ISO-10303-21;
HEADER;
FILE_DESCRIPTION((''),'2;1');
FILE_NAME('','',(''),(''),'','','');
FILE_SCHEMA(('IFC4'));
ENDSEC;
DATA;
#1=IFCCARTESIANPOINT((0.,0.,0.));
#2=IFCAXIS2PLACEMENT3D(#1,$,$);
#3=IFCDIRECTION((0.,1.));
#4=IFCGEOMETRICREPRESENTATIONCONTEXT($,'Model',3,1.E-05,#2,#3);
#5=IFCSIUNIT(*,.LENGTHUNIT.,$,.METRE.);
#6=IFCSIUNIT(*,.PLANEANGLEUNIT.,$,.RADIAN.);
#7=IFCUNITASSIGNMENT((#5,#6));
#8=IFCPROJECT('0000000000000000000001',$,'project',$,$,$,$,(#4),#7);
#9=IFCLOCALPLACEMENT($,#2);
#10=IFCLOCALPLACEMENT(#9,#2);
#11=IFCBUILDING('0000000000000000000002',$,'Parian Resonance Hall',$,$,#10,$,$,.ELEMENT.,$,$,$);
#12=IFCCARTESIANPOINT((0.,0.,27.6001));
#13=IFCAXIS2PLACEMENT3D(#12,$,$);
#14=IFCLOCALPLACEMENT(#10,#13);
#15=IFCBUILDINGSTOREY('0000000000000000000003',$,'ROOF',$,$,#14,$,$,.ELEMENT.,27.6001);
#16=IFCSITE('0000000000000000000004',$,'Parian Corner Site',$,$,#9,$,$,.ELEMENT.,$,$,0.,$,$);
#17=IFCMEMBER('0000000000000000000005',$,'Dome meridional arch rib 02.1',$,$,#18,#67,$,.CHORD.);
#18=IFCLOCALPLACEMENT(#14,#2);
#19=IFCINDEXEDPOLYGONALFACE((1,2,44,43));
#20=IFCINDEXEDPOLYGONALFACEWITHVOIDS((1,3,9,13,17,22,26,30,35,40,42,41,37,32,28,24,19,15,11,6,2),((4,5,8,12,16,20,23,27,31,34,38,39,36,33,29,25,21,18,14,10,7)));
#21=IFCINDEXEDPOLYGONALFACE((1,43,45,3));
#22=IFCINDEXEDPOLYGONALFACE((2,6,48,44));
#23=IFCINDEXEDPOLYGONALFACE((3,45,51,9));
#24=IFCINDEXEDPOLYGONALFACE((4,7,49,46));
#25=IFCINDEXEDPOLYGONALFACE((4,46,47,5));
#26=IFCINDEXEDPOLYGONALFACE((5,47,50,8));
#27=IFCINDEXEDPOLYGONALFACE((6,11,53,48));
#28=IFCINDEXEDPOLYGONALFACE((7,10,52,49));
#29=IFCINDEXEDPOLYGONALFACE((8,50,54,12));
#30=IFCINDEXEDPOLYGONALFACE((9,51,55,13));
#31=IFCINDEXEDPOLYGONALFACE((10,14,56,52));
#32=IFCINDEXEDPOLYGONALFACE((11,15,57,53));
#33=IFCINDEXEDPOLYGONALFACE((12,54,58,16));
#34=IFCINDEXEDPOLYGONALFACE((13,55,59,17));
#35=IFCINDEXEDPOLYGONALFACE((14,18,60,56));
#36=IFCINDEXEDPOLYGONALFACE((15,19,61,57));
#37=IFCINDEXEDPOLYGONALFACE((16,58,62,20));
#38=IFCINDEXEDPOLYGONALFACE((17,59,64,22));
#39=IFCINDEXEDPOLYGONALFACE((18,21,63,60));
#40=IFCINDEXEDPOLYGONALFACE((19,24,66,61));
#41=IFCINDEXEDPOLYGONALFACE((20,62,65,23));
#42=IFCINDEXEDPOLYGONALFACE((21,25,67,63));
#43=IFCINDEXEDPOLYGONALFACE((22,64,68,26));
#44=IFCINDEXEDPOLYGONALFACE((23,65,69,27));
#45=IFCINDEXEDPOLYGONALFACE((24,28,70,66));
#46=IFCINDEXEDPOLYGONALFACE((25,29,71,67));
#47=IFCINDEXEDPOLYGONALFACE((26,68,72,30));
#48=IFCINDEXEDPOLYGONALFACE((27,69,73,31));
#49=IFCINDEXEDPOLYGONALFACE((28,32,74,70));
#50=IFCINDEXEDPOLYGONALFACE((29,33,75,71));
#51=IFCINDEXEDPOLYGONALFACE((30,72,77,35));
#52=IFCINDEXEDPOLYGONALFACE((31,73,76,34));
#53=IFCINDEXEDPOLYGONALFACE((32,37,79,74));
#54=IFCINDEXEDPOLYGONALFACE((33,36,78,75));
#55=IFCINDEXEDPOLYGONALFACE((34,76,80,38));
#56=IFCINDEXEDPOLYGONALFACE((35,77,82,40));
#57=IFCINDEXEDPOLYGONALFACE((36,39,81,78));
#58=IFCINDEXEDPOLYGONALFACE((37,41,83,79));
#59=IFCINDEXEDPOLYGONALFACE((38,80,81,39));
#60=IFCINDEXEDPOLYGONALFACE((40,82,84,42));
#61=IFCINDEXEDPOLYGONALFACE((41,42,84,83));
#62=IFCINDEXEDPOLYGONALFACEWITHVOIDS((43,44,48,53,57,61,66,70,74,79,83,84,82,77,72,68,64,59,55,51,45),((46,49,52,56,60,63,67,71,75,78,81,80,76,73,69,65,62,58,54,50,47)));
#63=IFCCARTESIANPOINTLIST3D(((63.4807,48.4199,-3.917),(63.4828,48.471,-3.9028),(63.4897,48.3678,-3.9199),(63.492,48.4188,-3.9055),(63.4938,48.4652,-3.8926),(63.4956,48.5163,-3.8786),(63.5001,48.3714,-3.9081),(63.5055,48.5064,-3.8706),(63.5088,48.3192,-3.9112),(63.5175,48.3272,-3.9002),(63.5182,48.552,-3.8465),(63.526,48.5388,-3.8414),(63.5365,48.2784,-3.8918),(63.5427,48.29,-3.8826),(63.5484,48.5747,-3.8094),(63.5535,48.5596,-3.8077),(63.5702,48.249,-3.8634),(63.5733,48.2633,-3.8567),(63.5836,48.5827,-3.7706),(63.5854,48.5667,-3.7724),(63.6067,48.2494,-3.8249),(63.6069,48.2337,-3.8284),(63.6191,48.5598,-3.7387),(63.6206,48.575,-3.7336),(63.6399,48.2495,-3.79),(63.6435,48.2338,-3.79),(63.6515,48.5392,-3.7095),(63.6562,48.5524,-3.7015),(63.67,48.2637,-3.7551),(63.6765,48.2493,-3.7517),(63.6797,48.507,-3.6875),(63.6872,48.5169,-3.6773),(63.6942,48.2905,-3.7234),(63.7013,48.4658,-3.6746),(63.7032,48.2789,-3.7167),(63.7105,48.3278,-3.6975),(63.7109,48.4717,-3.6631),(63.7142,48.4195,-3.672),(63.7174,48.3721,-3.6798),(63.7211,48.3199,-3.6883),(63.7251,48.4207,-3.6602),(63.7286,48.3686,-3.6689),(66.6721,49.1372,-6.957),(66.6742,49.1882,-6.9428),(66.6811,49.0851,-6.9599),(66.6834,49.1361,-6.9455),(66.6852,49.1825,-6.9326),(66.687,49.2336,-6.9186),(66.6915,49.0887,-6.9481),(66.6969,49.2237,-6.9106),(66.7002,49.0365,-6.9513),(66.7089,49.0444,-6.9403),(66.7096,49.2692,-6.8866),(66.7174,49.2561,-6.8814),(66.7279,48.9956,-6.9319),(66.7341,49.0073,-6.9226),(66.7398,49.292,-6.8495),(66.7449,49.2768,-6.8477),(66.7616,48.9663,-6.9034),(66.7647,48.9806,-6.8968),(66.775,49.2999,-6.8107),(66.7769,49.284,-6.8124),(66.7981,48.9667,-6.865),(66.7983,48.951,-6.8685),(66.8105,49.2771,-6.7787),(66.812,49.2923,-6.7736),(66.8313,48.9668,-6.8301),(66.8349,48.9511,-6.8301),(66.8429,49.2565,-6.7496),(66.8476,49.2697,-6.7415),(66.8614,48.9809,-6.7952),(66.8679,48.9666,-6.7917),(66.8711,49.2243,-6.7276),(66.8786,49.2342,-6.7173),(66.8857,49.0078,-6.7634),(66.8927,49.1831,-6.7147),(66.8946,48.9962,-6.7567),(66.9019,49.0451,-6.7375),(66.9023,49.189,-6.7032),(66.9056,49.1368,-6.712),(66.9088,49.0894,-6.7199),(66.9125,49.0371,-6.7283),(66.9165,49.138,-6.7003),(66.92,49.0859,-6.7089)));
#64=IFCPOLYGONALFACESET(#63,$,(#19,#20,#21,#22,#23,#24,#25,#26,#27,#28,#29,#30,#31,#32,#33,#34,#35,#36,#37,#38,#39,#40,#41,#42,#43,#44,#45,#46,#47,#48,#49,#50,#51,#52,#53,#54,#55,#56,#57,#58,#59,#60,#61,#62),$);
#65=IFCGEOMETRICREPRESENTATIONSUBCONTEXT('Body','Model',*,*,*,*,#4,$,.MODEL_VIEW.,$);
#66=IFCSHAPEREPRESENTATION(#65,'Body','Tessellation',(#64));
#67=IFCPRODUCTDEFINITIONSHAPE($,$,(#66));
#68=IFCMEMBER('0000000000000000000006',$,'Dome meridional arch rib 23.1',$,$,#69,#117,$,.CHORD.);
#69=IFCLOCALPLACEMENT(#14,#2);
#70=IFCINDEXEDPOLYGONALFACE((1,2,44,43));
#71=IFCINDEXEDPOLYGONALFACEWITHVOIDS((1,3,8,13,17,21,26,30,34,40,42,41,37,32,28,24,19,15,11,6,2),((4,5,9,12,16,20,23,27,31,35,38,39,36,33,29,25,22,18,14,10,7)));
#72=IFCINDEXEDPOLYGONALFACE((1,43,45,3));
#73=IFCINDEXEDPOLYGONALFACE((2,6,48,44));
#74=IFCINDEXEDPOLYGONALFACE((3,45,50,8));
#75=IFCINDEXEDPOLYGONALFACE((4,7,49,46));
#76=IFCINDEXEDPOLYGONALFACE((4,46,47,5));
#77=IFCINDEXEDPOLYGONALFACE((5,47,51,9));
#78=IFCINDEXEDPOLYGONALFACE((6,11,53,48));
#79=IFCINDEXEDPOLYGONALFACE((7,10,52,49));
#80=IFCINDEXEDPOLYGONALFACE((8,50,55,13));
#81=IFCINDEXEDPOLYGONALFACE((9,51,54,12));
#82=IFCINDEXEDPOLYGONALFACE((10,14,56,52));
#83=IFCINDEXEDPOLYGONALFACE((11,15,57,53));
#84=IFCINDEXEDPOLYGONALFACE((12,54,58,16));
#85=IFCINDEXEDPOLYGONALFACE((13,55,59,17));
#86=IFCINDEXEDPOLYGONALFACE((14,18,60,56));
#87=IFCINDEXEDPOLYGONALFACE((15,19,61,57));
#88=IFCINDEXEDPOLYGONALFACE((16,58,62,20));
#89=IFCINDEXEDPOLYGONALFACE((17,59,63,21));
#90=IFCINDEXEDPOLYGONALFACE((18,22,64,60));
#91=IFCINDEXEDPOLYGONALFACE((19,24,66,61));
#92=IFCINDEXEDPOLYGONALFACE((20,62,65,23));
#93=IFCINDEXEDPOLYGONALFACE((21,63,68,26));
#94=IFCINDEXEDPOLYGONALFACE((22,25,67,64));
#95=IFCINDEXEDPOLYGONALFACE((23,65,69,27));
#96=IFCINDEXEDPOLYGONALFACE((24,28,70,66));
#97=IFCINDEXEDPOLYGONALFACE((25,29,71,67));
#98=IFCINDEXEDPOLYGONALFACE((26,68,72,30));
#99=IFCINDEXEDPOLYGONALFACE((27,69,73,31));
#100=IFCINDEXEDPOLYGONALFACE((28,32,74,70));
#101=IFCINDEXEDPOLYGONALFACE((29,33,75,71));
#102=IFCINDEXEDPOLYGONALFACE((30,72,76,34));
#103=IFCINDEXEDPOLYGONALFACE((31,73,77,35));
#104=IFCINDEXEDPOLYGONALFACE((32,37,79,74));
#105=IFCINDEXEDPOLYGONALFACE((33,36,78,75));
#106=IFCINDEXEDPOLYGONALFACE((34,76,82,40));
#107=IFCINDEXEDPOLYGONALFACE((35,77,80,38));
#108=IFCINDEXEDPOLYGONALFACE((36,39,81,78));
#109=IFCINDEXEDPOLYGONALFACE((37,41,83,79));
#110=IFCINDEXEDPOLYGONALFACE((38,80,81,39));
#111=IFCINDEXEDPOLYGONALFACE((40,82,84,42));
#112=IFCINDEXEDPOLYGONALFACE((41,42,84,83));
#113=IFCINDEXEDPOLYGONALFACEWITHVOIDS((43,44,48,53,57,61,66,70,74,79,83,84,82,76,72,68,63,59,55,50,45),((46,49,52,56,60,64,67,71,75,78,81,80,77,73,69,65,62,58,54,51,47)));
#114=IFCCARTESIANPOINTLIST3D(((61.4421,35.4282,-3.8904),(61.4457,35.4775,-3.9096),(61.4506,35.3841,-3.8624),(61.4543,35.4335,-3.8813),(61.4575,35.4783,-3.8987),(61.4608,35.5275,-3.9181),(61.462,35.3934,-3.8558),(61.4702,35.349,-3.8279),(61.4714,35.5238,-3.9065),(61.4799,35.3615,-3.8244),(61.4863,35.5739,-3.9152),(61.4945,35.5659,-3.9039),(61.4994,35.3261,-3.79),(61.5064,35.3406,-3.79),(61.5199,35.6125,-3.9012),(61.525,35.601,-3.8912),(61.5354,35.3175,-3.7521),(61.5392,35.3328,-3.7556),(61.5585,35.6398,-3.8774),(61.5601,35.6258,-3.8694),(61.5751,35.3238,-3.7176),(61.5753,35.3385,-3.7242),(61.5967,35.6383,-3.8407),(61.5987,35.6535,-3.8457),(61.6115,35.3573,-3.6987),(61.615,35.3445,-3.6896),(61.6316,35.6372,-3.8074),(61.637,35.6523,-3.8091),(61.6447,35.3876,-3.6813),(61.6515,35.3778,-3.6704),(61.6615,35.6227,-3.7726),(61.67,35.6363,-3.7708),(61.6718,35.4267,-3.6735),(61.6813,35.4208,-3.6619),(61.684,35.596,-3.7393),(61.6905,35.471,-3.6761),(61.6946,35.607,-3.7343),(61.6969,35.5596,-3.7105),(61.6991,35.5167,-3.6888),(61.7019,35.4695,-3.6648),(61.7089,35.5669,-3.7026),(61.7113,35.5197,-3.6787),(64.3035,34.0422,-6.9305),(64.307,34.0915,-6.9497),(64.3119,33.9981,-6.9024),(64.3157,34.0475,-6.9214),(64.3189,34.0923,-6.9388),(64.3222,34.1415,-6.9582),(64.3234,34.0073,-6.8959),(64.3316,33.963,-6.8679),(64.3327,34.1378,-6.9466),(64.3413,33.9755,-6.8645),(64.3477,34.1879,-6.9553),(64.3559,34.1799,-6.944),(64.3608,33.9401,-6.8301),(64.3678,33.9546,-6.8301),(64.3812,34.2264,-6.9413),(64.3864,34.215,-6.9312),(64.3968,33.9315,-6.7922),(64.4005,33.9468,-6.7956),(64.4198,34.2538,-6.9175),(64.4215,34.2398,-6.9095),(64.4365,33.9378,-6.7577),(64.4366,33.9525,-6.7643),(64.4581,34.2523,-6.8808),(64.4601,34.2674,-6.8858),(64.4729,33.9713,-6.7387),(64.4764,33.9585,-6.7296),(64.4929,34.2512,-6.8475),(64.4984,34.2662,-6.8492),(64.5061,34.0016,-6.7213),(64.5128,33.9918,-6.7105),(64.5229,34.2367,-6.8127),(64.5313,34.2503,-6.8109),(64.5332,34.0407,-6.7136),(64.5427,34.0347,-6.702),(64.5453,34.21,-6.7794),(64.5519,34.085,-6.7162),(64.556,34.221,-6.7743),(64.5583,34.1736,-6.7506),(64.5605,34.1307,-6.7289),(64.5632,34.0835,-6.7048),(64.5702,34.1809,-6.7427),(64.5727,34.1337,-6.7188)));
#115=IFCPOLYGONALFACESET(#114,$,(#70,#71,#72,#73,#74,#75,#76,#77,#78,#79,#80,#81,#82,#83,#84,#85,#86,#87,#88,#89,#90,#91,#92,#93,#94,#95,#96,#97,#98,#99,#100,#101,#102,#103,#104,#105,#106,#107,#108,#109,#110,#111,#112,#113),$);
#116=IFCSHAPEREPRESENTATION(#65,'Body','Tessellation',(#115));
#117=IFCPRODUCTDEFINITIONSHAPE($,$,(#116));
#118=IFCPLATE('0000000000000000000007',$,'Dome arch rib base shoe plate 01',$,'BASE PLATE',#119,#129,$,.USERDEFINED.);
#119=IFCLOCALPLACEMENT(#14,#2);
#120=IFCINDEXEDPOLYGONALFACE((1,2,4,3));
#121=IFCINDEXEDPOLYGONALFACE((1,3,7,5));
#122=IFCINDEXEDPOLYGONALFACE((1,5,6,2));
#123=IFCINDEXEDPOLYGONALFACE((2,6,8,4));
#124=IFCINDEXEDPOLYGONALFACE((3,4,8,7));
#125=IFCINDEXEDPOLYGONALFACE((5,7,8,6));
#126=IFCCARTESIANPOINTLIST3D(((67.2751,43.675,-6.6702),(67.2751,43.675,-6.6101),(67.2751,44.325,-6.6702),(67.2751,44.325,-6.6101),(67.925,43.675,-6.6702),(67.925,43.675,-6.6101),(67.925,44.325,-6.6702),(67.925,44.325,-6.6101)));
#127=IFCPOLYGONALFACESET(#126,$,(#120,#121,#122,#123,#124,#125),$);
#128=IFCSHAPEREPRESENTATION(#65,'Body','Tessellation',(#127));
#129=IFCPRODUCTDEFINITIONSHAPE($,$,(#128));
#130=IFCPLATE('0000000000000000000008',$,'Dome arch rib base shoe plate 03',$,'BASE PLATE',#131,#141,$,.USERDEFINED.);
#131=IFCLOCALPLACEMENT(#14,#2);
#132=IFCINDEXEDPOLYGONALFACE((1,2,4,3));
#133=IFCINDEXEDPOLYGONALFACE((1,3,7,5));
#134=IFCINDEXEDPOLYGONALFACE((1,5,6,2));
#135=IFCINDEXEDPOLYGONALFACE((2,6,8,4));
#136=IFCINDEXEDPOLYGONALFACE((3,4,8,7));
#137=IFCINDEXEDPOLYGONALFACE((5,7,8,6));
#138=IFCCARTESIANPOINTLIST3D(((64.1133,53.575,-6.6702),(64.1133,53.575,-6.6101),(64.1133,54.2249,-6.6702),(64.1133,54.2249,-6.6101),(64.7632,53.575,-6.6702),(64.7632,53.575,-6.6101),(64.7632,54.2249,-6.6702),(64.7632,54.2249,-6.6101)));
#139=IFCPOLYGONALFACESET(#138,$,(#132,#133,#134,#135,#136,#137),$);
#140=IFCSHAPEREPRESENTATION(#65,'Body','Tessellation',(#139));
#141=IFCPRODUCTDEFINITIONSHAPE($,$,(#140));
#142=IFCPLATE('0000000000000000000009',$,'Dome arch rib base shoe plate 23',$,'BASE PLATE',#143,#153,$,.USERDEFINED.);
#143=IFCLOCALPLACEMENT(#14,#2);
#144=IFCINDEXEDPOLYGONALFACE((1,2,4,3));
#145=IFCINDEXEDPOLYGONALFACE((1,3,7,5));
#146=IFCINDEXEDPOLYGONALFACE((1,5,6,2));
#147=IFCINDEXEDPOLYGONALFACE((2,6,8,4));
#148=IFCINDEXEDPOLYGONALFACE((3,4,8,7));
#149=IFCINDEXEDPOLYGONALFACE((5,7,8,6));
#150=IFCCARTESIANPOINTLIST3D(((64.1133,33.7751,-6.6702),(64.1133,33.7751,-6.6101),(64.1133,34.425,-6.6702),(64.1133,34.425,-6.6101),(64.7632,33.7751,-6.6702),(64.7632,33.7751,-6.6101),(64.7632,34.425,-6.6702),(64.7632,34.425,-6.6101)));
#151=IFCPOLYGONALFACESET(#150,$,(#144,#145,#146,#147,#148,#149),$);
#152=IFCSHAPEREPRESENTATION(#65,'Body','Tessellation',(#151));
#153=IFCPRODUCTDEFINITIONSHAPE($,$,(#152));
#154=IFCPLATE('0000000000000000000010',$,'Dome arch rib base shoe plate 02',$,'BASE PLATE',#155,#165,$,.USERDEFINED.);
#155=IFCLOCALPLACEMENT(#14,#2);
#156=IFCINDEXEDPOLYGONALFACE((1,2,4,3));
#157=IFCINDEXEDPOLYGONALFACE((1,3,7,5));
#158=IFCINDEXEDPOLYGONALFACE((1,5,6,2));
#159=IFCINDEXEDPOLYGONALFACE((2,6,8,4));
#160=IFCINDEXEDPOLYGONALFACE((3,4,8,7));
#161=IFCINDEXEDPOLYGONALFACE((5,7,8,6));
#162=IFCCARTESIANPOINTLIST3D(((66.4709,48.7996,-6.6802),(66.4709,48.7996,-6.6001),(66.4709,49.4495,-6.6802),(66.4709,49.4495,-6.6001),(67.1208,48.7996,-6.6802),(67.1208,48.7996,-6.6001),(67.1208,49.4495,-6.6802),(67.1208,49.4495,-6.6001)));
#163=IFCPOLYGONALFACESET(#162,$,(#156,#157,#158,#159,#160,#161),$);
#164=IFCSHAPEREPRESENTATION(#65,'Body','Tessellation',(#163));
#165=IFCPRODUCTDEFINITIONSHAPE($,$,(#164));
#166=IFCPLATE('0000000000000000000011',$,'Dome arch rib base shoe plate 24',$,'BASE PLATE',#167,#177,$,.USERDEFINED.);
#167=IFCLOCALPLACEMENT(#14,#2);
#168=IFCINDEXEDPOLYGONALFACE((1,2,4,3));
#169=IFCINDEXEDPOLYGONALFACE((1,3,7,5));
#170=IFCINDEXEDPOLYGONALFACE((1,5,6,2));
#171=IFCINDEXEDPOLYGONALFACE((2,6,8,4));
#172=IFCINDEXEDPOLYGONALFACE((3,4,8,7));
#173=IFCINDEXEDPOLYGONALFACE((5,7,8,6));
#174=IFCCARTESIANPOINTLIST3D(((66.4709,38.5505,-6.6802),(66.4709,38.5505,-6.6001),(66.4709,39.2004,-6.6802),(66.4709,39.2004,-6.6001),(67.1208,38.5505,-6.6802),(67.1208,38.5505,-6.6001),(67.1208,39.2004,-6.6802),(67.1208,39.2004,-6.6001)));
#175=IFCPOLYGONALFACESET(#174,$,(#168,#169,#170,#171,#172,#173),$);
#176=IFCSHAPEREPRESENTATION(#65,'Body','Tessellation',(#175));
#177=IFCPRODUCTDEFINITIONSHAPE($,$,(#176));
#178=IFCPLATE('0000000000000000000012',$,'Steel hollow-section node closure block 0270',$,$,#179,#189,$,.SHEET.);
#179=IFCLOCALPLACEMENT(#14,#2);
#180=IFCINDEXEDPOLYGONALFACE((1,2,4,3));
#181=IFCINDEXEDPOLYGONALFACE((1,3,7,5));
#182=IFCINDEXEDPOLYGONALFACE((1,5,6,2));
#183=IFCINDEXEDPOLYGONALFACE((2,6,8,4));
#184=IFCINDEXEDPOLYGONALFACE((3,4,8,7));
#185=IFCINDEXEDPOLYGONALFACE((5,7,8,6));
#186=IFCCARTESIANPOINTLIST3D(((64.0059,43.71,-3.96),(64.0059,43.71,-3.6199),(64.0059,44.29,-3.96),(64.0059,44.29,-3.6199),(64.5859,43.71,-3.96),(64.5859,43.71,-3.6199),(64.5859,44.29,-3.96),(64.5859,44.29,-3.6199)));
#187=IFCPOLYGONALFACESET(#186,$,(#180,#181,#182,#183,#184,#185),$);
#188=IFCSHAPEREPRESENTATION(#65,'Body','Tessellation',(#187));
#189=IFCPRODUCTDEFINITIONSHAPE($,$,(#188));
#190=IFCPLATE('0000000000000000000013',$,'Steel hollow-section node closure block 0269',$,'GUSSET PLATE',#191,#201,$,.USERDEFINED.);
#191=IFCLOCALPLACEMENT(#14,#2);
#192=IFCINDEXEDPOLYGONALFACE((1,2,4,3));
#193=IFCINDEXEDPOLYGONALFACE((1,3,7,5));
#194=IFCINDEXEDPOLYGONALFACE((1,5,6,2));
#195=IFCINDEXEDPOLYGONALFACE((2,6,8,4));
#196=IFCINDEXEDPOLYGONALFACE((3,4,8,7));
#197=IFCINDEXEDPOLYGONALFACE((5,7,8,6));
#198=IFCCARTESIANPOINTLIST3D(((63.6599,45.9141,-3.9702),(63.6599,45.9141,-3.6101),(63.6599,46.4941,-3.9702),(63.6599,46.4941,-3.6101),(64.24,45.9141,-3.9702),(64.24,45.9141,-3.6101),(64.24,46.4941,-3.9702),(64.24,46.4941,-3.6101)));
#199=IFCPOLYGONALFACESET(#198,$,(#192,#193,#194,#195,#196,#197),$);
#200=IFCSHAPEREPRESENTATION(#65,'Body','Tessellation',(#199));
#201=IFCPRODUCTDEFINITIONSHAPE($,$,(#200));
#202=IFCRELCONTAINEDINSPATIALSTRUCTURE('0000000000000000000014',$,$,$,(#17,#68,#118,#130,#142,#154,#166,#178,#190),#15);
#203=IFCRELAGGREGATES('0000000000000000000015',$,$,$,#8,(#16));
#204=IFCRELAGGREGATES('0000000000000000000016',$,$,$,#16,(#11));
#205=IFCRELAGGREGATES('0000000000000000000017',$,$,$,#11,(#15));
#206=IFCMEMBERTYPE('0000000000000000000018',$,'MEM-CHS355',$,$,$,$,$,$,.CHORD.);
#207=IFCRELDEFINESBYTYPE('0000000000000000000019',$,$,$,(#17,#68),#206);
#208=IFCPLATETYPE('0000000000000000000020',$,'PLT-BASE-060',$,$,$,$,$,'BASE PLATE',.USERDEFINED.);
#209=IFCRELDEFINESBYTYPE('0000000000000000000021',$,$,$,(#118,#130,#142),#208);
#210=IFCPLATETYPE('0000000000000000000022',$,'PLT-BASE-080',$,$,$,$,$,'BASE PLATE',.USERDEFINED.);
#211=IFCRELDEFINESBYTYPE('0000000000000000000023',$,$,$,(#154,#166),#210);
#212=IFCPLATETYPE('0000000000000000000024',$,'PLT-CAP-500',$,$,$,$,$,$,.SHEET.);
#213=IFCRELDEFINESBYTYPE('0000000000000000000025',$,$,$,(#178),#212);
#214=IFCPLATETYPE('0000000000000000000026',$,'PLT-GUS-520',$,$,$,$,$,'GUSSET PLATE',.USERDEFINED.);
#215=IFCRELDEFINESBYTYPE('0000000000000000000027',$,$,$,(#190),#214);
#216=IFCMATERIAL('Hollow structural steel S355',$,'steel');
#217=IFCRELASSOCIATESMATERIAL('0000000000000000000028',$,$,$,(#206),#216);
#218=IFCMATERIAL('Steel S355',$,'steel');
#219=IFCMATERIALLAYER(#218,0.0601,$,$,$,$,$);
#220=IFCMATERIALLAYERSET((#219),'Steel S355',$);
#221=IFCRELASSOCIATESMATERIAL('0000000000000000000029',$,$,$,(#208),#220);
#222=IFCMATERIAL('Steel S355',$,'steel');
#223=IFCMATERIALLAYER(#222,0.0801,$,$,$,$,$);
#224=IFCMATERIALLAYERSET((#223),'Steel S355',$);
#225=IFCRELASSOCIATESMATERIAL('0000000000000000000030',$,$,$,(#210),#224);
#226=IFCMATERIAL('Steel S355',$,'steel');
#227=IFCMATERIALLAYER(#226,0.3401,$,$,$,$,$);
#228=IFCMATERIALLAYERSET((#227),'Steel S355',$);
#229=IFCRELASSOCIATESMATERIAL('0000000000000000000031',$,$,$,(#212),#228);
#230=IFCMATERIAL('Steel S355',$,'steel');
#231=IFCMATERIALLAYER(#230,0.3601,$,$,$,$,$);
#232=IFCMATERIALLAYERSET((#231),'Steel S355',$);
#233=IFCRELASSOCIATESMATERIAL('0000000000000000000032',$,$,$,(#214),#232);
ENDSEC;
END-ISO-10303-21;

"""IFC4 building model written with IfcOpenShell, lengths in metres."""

from ifc_helpers import new_model, si_unit, direction, frame, origin, origin_2d, place, context, subcontext, project, spatial, rectangle, hollow_circle, extrude, material, layer, layer_set, material_profile, profile_set, type_object, element, save


model = new_model("IFC4")

# Units and contexts
model_context = context("Model", 3, precision=1e-05, world=origin(), true_north=direction((0.0, 1.0)))
body_context = subcontext(model_context, "Body", "Model", "MODEL_VIEW")
ifc_project = project(units=[si_unit("LENGTHUNIT", "METRE"), si_unit("PLANEANGLEUNIT", "RADIAN")], contexts=[model_context])

# Site, building, storey
site_placement = place(None, origin())
site = spatial("IfcSite", under=ifc_project, at=site_placement, Name="Parian Corner Site", CompositionType="ELEMENT", RefElevation=0.0)
building_placement = place(site_placement, origin())
building = spatial("IfcBuilding", under=site, at=building_placement, Name="Parian Resonance Hall", CompositionType="ELEMENT")
storey_placement = place(building_placement, frame((0.0, 0.0, 27.6001)))
storey = spatial("IfcBuildingStorey", under=building, at=storey_placement, Name="ROOF", CompositionType="ELEMENT", Elevation=27.6001)

# Members
ifc_material_1 = material(Name="Hollow structural steel S355", Category="steel")
ifc_material_profile_1 = material_profile(ifc_material_1, hollow_circle(Radius=0.1777, WallThickness=0.0161, at=origin_2d()), Name="CHS355.6x16")
ifc_profile_set_1 = profile_set([ifc_material_profile_1], Name="Hollow structural steel S355")
member_type_1 = type_object("IfcMemberType", Name="MEM-CHS355", PredefinedType="CHORD", material=ifc_profile_set_1)
member_1_placement = place(storey_placement, frame((66.7959, 49.1245, -6.8301), z_axis=(-0.714668, -0.160625, 0.680771), x_axis=(0.219285, -0.975661, 0.0)))
element("IfcMember", 1, at=member_1_placement, inside=storey, type_object=member_type_1, Name="Dome meridional arch rib 02.1", PredefinedType="CHORD", context=body_context, shape_type="SweptSolid", body=[
    extrude(hollow_circle(Radius=0.1777, WallThickness=0.0161, at=origin_2d()), origin(), (0.0, 0.0, 1.0), 4.4656),
])
member_2_placement = place(storey_placement, frame((64.4382, 34.1001, -6.8301), z_axis=(-0.65047, 0.315078, 0.691097), x_axis=(-0.435936, -0.899978, 0.0)))
element("IfcMember", 2, at=member_2_placement, inside=storey, type_object=member_type_1, Name="Dome meridional arch rib 23.1", PredefinedType="CHORD", context=body_context, shape_type="SweptSolid", body=[
    extrude(hollow_circle(Radius=0.1777, WallThickness=0.0161, at=origin_2d()), origin(), (0.0, 0.0, 1.0), 4.3989),
])

# Plates
ifc_material_2 = material(Name="Steel S355", Category="steel")
ifc_layer_1 = layer(ifc_material_2, 0.0601)
ifc_layer_set_1 = layer_set([ifc_layer_1], Name="Steel S355")
plate_type_1 = type_object("IfcPlateType", Name="PLT-BASE-060", ElementType="BASE PLATE", PredefinedType="USERDEFINED", material=ifc_layer_set_1)
for number, where, z_axis, x_axis, name in (
    (3, (67.6001, 44.0, -6.6702), (0.0, 0.0, 1.0), (1.0, 0.0, 0.0), "Dome arch rib base shoe plate 01"),
    (4, (64.4382, 53.8999, -6.6702), (0.0, 0.0, 1.0), (1.0, 0.0, 0.0), "Dome arch rib base shoe plate 03"),
    (5, (64.4382, 34.1001, -6.6702), (0.0, 0.0, 1.0), (1.0, 0.0, 0.0), "Dome arch rib base shoe plate 23"),
):
    element("IfcPlate", number, at=place(storey_placement, frame(where, z_axis=z_axis, x_axis=x_axis)), inside=storey, type_object=plate_type_1, Name=name, ObjectType="BASE PLATE", PredefinedType="USERDEFINED", context=body_context, shape_type="SweptSolid", body=[
        extrude(rectangle(XDim=0.6499, YDim=0.6499, at=origin_2d()), origin(), (0.0, 0.0, 1.0), 0.0601),
    ])
ifc_material_3 = material(Name="Steel S355", Category="steel")
ifc_layer_2 = layer(ifc_material_3, 0.0801)
ifc_layer_set_2 = layer_set([ifc_layer_2], Name="Steel S355")
plate_type_2 = type_object("IfcPlateType", Name="PLT-BASE-080", ElementType="BASE PLATE", PredefinedType="USERDEFINED", material=ifc_layer_set_2)
for number, where, z_axis, x_axis, name in (
    (6, (66.7959, 49.1245, -6.6802), (0.0, 0.0, 1.0), (1.0, 0.0, 0.0), "Dome arch rib base shoe plate 02"),
    (7, (66.7959, 38.8755, -6.6802), (0.0, 0.0, 1.0), (1.0, 0.0, 0.0), "Dome arch rib base shoe plate 24"),
):
    element("IfcPlate", number, at=place(storey_placement, frame(where, z_axis=z_axis, x_axis=x_axis)), inside=storey, type_object=plate_type_2, Name=name, ObjectType="BASE PLATE", PredefinedType="USERDEFINED", context=body_context, shape_type="SweptSolid", body=[
        extrude(rectangle(XDim=0.6499, YDim=0.6499, at=origin_2d()), origin(), (0.0, 0.0, 1.0), 0.0801),
    ])
ifc_material_4 = material(Name="Steel S355", Category="steel")
ifc_layer_3 = layer(ifc_material_4, 0.3401)
ifc_layer_set_3 = layer_set([ifc_layer_3], Name="Steel S355")
plate_type_3 = type_object("IfcPlateType", Name="PLT-CAP-500", PredefinedType="SHEET", material=ifc_layer_set_3)
plate_1_placement = place(storey_placement, frame((64.2959, 44.0, -3.96), z_axis=(0.0, 0.0, 1.0), x_axis=(1.0, 0.0, 0.0)))
element("IfcPlate", 8, at=plate_1_placement, inside=storey, type_object=plate_type_3, Name="Steel hollow-section node closure block 0270", PredefinedType="SHEET", context=body_context, shape_type="SweptSolid", body=[
    extrude(rectangle(XDim=0.5801, YDim=0.5801, at=origin_2d()), origin(), (0.0, 0.0, 1.0), 0.3401),
])
ifc_material_5 = material(Name="Steel S355", Category="steel")
ifc_layer_4 = layer(ifc_material_5, 0.3601)
ifc_layer_set_4 = layer_set([ifc_layer_4], Name="Steel S355")
plate_type_4 = type_object("IfcPlateType", Name="PLT-GUS-520", ElementType="GUSSET PLATE", PredefinedType="USERDEFINED", material=ifc_layer_set_4)
plate_2_placement = place(storey_placement, frame((63.95, 46.2041, -3.9702), z_axis=(0.0, 0.0, 1.0), x_axis=(1.0, 0.0, 0.0)))
element("IfcPlate", 9, at=plate_2_placement, inside=storey, type_object=plate_type_4, Name="Steel hollow-section node closure block 0269", ObjectType="GUSSET PLATE", PredefinedType="USERDEFINED", context=body_context, shape_type="SweptSolid", body=[
    extrude(rectangle(XDim=0.5801, YDim=0.5801, at=origin_2d()), origin(), (0.0, 0.0, 1.0), 0.3601),
])

save(model, "model.ifc")
